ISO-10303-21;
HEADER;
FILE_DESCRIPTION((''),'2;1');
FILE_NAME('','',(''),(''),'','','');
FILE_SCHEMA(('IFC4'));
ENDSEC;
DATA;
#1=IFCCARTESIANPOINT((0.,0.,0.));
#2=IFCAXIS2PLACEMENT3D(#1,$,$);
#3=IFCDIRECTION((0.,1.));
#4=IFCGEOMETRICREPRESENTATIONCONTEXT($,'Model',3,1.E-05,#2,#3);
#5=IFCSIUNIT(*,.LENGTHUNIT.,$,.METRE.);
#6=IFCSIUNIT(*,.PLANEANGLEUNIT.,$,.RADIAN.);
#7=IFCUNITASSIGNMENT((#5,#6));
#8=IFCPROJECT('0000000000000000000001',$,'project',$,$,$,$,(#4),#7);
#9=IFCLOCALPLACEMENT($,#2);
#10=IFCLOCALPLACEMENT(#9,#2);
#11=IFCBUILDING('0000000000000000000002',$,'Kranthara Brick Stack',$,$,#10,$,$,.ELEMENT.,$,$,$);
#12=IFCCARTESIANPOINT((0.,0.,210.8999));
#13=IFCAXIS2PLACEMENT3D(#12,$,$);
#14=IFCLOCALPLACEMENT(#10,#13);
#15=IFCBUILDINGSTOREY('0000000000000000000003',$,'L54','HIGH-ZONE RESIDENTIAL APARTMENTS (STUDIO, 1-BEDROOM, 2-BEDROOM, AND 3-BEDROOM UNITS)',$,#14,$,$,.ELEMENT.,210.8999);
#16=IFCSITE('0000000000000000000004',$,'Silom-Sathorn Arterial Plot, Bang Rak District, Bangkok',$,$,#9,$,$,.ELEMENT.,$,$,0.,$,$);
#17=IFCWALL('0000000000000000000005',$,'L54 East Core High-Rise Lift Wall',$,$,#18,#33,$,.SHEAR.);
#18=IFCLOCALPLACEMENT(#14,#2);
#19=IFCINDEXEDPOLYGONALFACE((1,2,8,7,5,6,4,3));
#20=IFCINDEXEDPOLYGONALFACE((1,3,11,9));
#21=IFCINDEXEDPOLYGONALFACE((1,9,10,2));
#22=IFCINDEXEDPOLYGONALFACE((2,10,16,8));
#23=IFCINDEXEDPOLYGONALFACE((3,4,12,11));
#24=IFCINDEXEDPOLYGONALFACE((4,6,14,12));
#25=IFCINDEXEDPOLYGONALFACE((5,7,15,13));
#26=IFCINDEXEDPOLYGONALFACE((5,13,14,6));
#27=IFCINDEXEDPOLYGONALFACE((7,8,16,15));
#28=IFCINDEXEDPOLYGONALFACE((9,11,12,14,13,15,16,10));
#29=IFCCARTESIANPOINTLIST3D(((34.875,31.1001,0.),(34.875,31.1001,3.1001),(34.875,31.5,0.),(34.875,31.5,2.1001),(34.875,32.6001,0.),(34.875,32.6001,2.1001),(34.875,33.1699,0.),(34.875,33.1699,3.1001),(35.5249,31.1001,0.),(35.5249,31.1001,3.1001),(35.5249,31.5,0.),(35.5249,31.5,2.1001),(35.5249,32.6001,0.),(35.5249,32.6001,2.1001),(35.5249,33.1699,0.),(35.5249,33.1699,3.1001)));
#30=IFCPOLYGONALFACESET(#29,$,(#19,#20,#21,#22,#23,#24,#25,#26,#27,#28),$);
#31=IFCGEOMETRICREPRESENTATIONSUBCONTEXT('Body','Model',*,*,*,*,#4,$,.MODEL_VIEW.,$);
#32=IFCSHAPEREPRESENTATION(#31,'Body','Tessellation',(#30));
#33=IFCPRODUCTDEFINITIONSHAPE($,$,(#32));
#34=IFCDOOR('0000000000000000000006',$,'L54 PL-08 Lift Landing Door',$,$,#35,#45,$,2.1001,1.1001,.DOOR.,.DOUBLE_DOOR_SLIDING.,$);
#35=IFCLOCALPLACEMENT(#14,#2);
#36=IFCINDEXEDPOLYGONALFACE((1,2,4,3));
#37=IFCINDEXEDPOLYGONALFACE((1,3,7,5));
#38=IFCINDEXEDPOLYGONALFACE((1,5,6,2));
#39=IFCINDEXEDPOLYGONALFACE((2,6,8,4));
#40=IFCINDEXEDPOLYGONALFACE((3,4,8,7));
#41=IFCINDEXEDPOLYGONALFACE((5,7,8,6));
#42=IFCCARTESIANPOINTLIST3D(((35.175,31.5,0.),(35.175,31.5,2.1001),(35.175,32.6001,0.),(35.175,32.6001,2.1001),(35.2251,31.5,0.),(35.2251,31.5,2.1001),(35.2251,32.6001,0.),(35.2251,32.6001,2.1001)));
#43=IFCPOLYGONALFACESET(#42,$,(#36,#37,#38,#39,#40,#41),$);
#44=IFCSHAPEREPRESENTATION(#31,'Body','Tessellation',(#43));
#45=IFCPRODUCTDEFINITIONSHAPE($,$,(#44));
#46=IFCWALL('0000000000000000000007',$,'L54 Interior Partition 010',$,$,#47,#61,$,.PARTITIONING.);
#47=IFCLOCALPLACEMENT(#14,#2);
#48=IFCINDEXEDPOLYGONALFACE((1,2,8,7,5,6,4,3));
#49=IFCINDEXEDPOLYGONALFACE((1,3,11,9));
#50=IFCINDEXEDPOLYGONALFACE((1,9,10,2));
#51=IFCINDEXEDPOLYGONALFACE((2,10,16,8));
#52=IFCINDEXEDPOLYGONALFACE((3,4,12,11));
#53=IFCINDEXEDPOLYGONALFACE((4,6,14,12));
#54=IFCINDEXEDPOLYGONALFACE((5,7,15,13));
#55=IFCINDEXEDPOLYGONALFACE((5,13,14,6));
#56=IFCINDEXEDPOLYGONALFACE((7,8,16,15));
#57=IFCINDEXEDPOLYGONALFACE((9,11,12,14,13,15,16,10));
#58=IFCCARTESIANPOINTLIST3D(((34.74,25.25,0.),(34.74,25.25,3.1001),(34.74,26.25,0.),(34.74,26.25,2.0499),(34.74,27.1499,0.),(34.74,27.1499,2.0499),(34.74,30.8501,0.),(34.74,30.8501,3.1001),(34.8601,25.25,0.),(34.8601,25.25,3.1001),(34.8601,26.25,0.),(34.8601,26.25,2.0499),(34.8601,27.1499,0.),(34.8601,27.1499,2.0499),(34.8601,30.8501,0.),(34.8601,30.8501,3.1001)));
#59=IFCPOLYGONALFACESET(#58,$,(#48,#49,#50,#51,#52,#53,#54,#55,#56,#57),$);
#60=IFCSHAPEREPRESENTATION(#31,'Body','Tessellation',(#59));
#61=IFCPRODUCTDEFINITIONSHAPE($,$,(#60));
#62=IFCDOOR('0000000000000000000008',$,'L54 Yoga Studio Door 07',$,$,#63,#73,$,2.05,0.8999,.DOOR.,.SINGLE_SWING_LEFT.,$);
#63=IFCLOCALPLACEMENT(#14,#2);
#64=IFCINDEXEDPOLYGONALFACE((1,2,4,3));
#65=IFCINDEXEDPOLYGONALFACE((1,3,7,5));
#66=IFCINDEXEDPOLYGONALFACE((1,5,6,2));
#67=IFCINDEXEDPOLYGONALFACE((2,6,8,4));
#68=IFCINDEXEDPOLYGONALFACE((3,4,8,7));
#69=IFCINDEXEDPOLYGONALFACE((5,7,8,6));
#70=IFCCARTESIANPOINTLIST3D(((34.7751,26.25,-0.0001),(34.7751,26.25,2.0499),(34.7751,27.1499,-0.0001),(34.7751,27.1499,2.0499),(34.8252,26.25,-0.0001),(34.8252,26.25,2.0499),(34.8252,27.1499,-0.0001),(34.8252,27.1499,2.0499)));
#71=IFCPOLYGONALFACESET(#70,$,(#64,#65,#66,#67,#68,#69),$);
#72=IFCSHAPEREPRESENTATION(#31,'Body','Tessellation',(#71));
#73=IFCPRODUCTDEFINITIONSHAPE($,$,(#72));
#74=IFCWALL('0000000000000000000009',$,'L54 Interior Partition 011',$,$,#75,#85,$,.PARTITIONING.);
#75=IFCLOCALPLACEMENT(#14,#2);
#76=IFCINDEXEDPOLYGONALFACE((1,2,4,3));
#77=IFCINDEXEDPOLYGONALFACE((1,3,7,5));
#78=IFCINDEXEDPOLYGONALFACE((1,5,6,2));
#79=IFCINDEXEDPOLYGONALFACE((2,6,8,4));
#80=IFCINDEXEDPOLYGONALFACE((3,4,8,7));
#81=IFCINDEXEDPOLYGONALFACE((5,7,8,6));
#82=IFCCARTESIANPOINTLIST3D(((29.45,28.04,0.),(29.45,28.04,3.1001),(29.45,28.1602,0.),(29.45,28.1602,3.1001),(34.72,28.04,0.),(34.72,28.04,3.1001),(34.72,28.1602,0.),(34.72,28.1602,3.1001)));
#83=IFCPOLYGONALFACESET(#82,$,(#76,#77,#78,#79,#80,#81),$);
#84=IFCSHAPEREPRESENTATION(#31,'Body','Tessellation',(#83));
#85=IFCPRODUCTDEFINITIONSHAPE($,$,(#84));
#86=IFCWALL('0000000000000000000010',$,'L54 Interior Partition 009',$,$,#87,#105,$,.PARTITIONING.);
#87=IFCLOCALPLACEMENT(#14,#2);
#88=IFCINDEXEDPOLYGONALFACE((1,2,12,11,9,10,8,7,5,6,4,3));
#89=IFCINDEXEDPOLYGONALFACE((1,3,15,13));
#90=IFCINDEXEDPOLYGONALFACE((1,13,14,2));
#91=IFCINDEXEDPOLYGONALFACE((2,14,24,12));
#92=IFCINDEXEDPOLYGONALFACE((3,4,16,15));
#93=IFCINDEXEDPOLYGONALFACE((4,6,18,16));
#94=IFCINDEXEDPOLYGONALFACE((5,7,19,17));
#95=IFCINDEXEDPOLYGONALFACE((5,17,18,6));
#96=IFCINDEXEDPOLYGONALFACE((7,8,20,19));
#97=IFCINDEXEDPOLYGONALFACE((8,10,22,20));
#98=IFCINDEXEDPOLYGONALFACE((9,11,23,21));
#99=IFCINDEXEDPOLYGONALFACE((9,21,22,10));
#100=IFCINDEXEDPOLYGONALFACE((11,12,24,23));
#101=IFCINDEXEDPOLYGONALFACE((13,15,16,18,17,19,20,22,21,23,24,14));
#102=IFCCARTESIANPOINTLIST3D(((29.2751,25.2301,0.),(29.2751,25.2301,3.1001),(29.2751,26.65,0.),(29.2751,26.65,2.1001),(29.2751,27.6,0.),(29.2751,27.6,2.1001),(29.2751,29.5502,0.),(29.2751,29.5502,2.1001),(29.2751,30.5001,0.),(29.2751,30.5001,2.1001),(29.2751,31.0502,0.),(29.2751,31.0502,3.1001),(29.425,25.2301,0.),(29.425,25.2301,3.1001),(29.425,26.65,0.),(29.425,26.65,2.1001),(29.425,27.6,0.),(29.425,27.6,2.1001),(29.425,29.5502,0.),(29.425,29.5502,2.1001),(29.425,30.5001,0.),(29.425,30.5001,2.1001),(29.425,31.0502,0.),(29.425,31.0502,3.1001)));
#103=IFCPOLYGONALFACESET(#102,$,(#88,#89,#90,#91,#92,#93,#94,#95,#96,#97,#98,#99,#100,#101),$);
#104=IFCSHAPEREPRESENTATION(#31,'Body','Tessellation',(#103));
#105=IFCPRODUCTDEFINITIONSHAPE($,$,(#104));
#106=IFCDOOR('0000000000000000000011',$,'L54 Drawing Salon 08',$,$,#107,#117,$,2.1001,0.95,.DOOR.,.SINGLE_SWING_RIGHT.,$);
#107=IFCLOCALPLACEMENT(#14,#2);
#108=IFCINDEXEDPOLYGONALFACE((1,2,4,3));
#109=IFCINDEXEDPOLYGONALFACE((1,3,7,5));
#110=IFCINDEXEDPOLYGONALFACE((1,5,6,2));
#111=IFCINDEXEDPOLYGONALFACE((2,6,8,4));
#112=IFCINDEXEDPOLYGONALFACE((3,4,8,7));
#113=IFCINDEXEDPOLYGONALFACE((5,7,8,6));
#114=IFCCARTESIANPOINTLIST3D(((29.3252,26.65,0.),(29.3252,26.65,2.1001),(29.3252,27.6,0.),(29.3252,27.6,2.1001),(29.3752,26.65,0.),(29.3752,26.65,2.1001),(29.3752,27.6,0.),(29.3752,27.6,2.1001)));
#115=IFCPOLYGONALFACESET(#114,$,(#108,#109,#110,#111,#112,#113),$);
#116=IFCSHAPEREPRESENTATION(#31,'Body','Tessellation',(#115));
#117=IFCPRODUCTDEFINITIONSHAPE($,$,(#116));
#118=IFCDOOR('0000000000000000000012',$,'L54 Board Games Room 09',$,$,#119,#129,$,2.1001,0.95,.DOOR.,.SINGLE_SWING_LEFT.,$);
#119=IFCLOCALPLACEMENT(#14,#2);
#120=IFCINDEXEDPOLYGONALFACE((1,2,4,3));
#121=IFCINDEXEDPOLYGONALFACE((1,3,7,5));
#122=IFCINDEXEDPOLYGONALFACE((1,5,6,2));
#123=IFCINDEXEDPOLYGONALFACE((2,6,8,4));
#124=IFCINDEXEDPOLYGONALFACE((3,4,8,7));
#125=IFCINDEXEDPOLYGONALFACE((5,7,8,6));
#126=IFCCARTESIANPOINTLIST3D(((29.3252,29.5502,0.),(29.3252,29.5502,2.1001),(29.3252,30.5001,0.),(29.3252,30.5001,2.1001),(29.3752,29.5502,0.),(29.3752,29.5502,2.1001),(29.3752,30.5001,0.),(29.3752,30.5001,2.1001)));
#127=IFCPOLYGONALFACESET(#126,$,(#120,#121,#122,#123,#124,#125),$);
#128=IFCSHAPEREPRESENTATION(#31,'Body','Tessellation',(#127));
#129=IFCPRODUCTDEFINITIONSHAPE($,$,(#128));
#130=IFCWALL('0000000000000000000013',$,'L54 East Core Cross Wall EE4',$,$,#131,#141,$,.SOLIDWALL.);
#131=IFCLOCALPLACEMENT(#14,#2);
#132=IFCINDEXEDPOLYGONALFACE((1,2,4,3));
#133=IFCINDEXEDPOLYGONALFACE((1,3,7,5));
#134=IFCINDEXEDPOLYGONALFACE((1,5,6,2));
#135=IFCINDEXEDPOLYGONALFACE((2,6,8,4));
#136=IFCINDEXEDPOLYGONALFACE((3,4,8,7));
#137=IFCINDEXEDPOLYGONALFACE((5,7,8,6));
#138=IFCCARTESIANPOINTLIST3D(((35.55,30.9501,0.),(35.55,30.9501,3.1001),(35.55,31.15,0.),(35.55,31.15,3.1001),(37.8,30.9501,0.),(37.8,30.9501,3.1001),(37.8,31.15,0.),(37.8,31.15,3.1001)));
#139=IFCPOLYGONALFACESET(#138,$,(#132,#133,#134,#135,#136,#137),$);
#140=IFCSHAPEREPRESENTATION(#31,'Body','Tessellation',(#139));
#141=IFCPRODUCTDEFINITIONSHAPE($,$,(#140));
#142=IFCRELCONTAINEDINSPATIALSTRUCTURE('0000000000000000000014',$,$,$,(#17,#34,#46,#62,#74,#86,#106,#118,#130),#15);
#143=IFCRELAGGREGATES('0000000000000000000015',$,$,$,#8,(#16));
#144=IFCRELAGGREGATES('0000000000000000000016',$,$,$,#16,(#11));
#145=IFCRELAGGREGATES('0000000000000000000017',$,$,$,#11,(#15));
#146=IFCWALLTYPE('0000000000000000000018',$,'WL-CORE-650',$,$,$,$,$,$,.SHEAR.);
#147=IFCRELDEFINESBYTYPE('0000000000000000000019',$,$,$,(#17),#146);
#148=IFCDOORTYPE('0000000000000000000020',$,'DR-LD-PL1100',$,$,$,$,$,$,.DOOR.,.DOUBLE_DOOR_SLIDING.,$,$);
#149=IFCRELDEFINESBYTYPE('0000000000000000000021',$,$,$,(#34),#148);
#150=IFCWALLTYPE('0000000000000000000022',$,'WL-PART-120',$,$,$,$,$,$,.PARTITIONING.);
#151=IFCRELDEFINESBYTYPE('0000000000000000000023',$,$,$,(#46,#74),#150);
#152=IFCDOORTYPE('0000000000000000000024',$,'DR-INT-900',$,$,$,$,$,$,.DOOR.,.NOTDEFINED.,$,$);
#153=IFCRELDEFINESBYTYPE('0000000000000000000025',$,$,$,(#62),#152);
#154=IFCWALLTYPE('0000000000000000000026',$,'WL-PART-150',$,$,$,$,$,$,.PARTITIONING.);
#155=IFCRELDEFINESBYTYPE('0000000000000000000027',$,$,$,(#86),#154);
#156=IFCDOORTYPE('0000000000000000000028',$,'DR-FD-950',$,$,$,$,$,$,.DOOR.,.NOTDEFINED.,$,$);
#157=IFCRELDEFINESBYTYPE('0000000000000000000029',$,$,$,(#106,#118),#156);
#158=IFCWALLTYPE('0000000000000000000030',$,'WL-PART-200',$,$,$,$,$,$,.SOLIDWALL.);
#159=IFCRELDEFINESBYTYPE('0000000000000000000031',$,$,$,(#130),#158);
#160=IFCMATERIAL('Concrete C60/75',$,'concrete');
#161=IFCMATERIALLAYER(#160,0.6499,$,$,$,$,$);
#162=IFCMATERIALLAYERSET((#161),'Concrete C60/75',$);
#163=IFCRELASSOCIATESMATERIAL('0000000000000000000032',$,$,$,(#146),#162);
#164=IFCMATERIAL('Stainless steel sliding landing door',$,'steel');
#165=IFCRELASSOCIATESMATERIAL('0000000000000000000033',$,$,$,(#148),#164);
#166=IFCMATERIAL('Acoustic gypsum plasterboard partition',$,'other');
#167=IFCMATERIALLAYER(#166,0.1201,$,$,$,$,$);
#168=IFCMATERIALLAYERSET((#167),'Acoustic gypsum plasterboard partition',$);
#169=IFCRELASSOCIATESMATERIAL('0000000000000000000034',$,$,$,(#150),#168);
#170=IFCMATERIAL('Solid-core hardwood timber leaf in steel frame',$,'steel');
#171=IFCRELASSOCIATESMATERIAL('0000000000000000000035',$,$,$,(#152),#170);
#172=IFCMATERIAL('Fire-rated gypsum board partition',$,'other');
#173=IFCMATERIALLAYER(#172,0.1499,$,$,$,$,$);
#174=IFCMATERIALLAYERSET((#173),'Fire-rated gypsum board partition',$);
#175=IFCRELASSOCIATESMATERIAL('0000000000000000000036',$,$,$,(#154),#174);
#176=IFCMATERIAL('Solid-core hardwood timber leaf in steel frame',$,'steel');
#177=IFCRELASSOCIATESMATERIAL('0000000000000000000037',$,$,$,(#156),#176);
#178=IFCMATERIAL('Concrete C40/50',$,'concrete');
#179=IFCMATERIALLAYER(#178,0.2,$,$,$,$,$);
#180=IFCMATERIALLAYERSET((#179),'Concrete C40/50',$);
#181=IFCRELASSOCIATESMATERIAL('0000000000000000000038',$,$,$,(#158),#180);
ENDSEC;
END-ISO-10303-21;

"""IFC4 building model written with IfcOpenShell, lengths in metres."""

from ifc_helpers import new_model, si_unit, direction, frame, frame_2d, origin, place, context, subcontext, project, spatial, rectangle, extrude, material, layer, layer_set, type_object, element, fill, save


model = new_model("IFC4")

# Units and contexts
model_context = context("Model", 3, precision=1e-05, world=origin(), true_north=direction((0.0, 1.0)))
body_context = subcontext(model_context, "Body", "Model", "MODEL_VIEW")
ifc_project = project(units=[si_unit("LENGTHUNIT", "METRE"), si_unit("PLANEANGLEUNIT", "RADIAN")], contexts=[model_context])

# Site, building, storey
site_placement = place(None, origin())
site = spatial("IfcSite", under=ifc_project, at=site_placement, Name="Silom-Sathorn Arterial Plot, Bang Rak District, Bangkok", CompositionType="ELEMENT", RefElevation=0.0)
building_placement = place(site_placement, origin())
building = spatial("IfcBuilding", under=site, at=building_placement, Name="Kranthara Brick Stack", CompositionType="ELEMENT")
storey_placement = place(building_placement, frame((0.0, 0.0, 210.8999)))
storey = spatial("IfcBuildingStorey", under=building, at=storey_placement, Name="L54", Description="HIGH-ZONE RESIDENTIAL APARTMENTS (STUDIO, 1-BEDROOM, 2-BEDROOM, AND 3-BEDROOM UNITS)", CompositionType="ELEMENT", Elevation=210.8999)

# Walls, openings, doors
ifc_material_1 = material(Name="Concrete C60/75", Category="concrete")
ifc_layer_1 = layer(ifc_material_1, 0.6499)
ifc_layer_set_1 = layer_set([ifc_layer_1], Name="Concrete C60/75")
wall_type_1 = type_object("IfcWallType", Name="WL-CORE-650", PredefinedType="SHEAR", material=ifc_layer_set_1)
wall_1_placement = place(storey_placement, frame((35.2, 31.1001, 0.0), z_axis=(0.0, 0.0, 1.0), x_axis=(0.0, 1.0, 0.0)))
wall_1 = element("IfcWall", 1, at=wall_1_placement, inside=storey, type_object=wall_type_1, Name="L54 East Core High-Rise Lift Wall", PredefinedType="SHEAR", context=body_context, shape_type="SweptSolid", body=[
    extrude(rectangle(XDim=2.0698, YDim=0.6499, at=frame_2d((1.0349, 0.0))), origin(), (0.0, 0.0, 1.0), 3.1001),
])
opening_1_placement = place(wall_1_placement, frame((0.3999, 0.0, 0.0)))
opening_1 = element("IfcOpeningElement", 2, at=opening_1_placement, cuts=wall_1, PredefinedType="OPENING", context=body_context, shape_type="SweptSolid", body=[
    extrude(rectangle(XDim=1.1001, YDim=2.1001, at=frame_2d((0.55, 1.05))), frame((0.0, 0.335, 0.0), z_axis=(0.0, -1.0, 0.0), x_axis=(1.0, 0.0, 0.0)), (0.0, 0.0, 1.0), 0.6699),
])
ifc_material_2 = material(Name="Stainless steel sliding landing door", Category="steel")
door_type_1 = type_object("IfcDoorType", Name="DR-LD-PL1100", OperationType="DOUBLE_DOOR_SLIDING", PredefinedType="DOOR", material=ifc_material_2)
door_1_placement = place(opening_1_placement, origin())
door_1 = element("IfcDoor", 3, at=door_1_placement, inside=storey, type_object=door_type_1, Name="L54 PL-08 Lift Landing Door", OperationType="DOUBLE_DOOR_SLIDING", OverallHeight=2.1001, OverallWidth=1.1001, PredefinedType="DOOR", context=body_context, shape_type="SweptSolid", body=[
    extrude(rectangle(XDim=1.1001, YDim=2.1001, at=frame_2d((0.55, 1.05))), frame((0.0, 0.0249, 0.0), z_axis=(0.0, -1.0, 0.0), x_axis=(1.0, 0.0, 0.0)), (0.0, 0.0, 1.0), 0.05),
])
fill(opening_1, door_1)
ifc_material_3 = material(Name="Acoustic gypsum plasterboard partition", Category="other")
ifc_layer_2 = layer(ifc_material_3, 0.1201)
ifc_layer_set_2 = layer_set([ifc_layer_2], Name="Acoustic gypsum plasterboard partition")
wall_type_2 = type_object("IfcWallType", Name="WL-PART-120", PredefinedType="PARTITIONING", material=ifc_layer_set_2)
wall_2_placement = place(storey_placement, frame((34.8, 25.25, 0.0), z_axis=(0.0, 0.0, 1.0), x_axis=(0.0, 1.0, 0.0)))
wall_2 = element("IfcWall", 4, at=wall_2_placement, inside=storey, type_object=wall_type_2, Name="L54 Interior Partition 010", PredefinedType="PARTITIONING", context=body_context, shape_type="SweptSolid", body=[
    extrude(rectangle(XDim=5.6001, YDim=0.1201, at=frame_2d((2.8, 0.0))), origin(), (0.0, 0.0, 1.0), 3.1001),
])
opening_2_placement = place(wall_2_placement, frame((1.0, 0.0, 0.0)))
opening_2 = element("IfcOpeningElement", 5, at=opening_2_placement, cuts=wall_2, PredefinedType="OPENING", context=body_context, shape_type="SweptSolid", body=[
    extrude(rectangle(XDim=0.8999, YDim=2.05, at=frame_2d((0.45, 1.0249))), frame((0.0, 0.0701, 0.0), z_axis=(0.0, -1.0, 0.0), x_axis=(1.0, 0.0, 0.0)), (0.0, 0.0, 1.0), 0.1401),
])
ifc_material_4 = material(Name="Solid-core hardwood timber leaf in steel frame", Category="steel")
door_type_2 = type_object("IfcDoorType", Name="DR-INT-900", OperationType="NOTDEFINED", PredefinedType="DOOR", material=ifc_material_4)
door_2_placement = place(opening_2_placement, origin())
door_2 = element("IfcDoor", 6, at=door_2_placement, inside=storey, type_object=door_type_2, Name="L54 Yoga Studio Door 07", OperationType="SINGLE_SWING_LEFT", OverallHeight=2.05, OverallWidth=0.8999, PredefinedType="DOOR", context=body_context, shape_type="SweptSolid", body=[
    extrude(rectangle(XDim=0.8999, YDim=2.05, at=frame_2d((0.45, 1.0249))), frame((0.0, 0.0249, 0.0), z_axis=(0.0, -1.0, 0.0), x_axis=(1.0, 0.0, 0.0)), (0.0, 0.0, 1.0), 0.05),
])
fill(opening_2, door_2)

# Wall
wall_3_placement = place(storey_placement, frame((29.45, 28.1001, 0.0), z_axis=(0.0, 0.0, 1.0), x_axis=(1.0, 0.0, 0.0)))
element("IfcWall", 7, at=wall_3_placement, inside=storey, type_object=wall_type_2, Name="L54 Interior Partition 011", PredefinedType="PARTITIONING", context=body_context, shape_type="SweptSolid", body=[
    extrude(rectangle(XDim=5.27, YDim=0.1201, at=frame_2d((2.635, 0.0))), origin(), (0.0, 0.0, 1.0), 3.1001),
])

# Wall, openings, doors
ifc_material_5 = material(Name="Fire-rated gypsum board partition", Category="other")
ifc_layer_3 = layer(ifc_material_5, 0.1499)
ifc_layer_set_3 = layer_set([ifc_layer_3], Name="Fire-rated gypsum board partition")
wall_type_3 = type_object("IfcWallType", Name="WL-PART-150", PredefinedType="PARTITIONING", material=ifc_layer_set_3)
wall_4_placement = place(storey_placement, frame((29.3501, 25.23, 0.0), z_axis=(0.0, 0.0, 1.0), x_axis=(0.0, 1.0, 0.0)))
wall_4 = element("IfcWall", 8, at=wall_4_placement, inside=storey, type_object=wall_type_3, Name="L54 Interior Partition 009", PredefinedType="PARTITIONING", context=body_context, shape_type="SweptSolid", body=[
    extrude(rectangle(XDim=5.8201, YDim=0.1499, at=frame_2d((2.9102, 0.0))), origin(), (0.0, 0.0, 1.0), 3.1001),
])
opening_3_placement = place(wall_4_placement, frame((1.4199, 0.0, 0.0)))
opening_3 = element("IfcOpeningElement", 9, at=opening_3_placement, cuts=wall_4, PredefinedType="OPENING", context=body_context, shape_type="SweptSolid", body=[
    extrude(rectangle(XDim=0.95, YDim=2.1001, at=frame_2d((0.4751, 1.05))), frame((0.0, 0.085, 0.0), z_axis=(0.0, -1.0, 0.0), x_axis=(1.0, 0.0, 0.0)), (0.0, 0.0, 1.0), 0.1699),
])
opening_4_placement = place(wall_4_placement, frame((4.3201, 0.0, 0.0)))
opening_4 = element("IfcOpeningElement", 10, at=opening_4_placement, cuts=wall_4, PredefinedType="OPENING", context=body_context, shape_type="SweptSolid", body=[
    extrude(rectangle(XDim=0.95, YDim=2.1001, at=frame_2d((0.4751, 1.05))), frame((0.0, 0.085, 0.0), z_axis=(0.0, -1.0, 0.0), x_axis=(1.0, 0.0, 0.0)), (0.0, 0.0, 1.0), 0.1699),
])
ifc_material_6 = material(Name="Solid-core hardwood timber leaf in steel frame", Category="steel")
door_type_3 = type_object("IfcDoorType", Name="DR-FD-950", OperationType="NOTDEFINED", PredefinedType="DOOR", material=ifc_material_6)
door_3_placement = place(opening_3_placement, origin())
door_3 = element("IfcDoor", 11, at=door_3_placement, inside=storey, type_object=door_type_3, Name="L54 Drawing Salon 08", OperationType="SINGLE_SWING_RIGHT", OverallHeight=2.1001, OverallWidth=0.95, PredefinedType="DOOR", context=body_context, shape_type="SweptSolid", body=[
    extrude(rectangle(XDim=0.95, YDim=2.1001, at=frame_2d((0.4751, 1.05))), frame((0.0, 0.0249, 0.0), z_axis=(0.0, -1.0, 0.0), x_axis=(1.0, 0.0, 0.0)), (0.0, 0.0, 1.0), 0.05),
])
fill(opening_3, door_3)
door_4_placement = place(opening_4_placement, origin())
door_4 = element("IfcDoor", 12, at=door_4_placement, inside=storey, type_object=door_type_3, Name="L54 Board Games Room 09", OperationType="SINGLE_SWING_LEFT", OverallHeight=2.1001, OverallWidth=0.95, PredefinedType="DOOR", context=body_context, shape_type="SweptSolid", body=[
    extrude(rectangle(XDim=0.95, YDim=2.1001, at=frame_2d((0.4751, 1.05))), frame((0.0, 0.0249, 0.0), z_axis=(0.0, -1.0, 0.0), x_axis=(1.0, 0.0, 0.0)), (0.0, 0.0, 1.0), 0.05),
])
fill(opening_4, door_4)

# Wall
ifc_material_7 = material(Name="Concrete C40/50", Category="concrete")
ifc_layer_4 = layer(ifc_material_7, 0.2)
ifc_layer_set_4 = layer_set([ifc_layer_4], Name="Concrete C40/50")
wall_type_4 = type_object("IfcWallType", Name="WL-PART-200", PredefinedType="SOLIDWALL", material=ifc_layer_set_4)
wall_5_placement = place(storey_placement, frame((35.55, 31.05, 0.0), z_axis=(0.0, 0.0, 1.0), x_axis=(1.0, 0.0, 0.0)))
element("IfcWall", 13, at=wall_5_placement, inside=storey, type_object=wall_type_4, Name="L54 East Core Cross Wall EE4", PredefinedType="SOLIDWALL", context=body_context, shape_type="SweptSolid", body=[
    extrude(rectangle(XDim=2.25, YDim=0.2, at=frame_2d((1.125, 0.0))), origin(), (0.0, 0.0, 1.0), 3.1001),
])

save(model, "model.ifc")
